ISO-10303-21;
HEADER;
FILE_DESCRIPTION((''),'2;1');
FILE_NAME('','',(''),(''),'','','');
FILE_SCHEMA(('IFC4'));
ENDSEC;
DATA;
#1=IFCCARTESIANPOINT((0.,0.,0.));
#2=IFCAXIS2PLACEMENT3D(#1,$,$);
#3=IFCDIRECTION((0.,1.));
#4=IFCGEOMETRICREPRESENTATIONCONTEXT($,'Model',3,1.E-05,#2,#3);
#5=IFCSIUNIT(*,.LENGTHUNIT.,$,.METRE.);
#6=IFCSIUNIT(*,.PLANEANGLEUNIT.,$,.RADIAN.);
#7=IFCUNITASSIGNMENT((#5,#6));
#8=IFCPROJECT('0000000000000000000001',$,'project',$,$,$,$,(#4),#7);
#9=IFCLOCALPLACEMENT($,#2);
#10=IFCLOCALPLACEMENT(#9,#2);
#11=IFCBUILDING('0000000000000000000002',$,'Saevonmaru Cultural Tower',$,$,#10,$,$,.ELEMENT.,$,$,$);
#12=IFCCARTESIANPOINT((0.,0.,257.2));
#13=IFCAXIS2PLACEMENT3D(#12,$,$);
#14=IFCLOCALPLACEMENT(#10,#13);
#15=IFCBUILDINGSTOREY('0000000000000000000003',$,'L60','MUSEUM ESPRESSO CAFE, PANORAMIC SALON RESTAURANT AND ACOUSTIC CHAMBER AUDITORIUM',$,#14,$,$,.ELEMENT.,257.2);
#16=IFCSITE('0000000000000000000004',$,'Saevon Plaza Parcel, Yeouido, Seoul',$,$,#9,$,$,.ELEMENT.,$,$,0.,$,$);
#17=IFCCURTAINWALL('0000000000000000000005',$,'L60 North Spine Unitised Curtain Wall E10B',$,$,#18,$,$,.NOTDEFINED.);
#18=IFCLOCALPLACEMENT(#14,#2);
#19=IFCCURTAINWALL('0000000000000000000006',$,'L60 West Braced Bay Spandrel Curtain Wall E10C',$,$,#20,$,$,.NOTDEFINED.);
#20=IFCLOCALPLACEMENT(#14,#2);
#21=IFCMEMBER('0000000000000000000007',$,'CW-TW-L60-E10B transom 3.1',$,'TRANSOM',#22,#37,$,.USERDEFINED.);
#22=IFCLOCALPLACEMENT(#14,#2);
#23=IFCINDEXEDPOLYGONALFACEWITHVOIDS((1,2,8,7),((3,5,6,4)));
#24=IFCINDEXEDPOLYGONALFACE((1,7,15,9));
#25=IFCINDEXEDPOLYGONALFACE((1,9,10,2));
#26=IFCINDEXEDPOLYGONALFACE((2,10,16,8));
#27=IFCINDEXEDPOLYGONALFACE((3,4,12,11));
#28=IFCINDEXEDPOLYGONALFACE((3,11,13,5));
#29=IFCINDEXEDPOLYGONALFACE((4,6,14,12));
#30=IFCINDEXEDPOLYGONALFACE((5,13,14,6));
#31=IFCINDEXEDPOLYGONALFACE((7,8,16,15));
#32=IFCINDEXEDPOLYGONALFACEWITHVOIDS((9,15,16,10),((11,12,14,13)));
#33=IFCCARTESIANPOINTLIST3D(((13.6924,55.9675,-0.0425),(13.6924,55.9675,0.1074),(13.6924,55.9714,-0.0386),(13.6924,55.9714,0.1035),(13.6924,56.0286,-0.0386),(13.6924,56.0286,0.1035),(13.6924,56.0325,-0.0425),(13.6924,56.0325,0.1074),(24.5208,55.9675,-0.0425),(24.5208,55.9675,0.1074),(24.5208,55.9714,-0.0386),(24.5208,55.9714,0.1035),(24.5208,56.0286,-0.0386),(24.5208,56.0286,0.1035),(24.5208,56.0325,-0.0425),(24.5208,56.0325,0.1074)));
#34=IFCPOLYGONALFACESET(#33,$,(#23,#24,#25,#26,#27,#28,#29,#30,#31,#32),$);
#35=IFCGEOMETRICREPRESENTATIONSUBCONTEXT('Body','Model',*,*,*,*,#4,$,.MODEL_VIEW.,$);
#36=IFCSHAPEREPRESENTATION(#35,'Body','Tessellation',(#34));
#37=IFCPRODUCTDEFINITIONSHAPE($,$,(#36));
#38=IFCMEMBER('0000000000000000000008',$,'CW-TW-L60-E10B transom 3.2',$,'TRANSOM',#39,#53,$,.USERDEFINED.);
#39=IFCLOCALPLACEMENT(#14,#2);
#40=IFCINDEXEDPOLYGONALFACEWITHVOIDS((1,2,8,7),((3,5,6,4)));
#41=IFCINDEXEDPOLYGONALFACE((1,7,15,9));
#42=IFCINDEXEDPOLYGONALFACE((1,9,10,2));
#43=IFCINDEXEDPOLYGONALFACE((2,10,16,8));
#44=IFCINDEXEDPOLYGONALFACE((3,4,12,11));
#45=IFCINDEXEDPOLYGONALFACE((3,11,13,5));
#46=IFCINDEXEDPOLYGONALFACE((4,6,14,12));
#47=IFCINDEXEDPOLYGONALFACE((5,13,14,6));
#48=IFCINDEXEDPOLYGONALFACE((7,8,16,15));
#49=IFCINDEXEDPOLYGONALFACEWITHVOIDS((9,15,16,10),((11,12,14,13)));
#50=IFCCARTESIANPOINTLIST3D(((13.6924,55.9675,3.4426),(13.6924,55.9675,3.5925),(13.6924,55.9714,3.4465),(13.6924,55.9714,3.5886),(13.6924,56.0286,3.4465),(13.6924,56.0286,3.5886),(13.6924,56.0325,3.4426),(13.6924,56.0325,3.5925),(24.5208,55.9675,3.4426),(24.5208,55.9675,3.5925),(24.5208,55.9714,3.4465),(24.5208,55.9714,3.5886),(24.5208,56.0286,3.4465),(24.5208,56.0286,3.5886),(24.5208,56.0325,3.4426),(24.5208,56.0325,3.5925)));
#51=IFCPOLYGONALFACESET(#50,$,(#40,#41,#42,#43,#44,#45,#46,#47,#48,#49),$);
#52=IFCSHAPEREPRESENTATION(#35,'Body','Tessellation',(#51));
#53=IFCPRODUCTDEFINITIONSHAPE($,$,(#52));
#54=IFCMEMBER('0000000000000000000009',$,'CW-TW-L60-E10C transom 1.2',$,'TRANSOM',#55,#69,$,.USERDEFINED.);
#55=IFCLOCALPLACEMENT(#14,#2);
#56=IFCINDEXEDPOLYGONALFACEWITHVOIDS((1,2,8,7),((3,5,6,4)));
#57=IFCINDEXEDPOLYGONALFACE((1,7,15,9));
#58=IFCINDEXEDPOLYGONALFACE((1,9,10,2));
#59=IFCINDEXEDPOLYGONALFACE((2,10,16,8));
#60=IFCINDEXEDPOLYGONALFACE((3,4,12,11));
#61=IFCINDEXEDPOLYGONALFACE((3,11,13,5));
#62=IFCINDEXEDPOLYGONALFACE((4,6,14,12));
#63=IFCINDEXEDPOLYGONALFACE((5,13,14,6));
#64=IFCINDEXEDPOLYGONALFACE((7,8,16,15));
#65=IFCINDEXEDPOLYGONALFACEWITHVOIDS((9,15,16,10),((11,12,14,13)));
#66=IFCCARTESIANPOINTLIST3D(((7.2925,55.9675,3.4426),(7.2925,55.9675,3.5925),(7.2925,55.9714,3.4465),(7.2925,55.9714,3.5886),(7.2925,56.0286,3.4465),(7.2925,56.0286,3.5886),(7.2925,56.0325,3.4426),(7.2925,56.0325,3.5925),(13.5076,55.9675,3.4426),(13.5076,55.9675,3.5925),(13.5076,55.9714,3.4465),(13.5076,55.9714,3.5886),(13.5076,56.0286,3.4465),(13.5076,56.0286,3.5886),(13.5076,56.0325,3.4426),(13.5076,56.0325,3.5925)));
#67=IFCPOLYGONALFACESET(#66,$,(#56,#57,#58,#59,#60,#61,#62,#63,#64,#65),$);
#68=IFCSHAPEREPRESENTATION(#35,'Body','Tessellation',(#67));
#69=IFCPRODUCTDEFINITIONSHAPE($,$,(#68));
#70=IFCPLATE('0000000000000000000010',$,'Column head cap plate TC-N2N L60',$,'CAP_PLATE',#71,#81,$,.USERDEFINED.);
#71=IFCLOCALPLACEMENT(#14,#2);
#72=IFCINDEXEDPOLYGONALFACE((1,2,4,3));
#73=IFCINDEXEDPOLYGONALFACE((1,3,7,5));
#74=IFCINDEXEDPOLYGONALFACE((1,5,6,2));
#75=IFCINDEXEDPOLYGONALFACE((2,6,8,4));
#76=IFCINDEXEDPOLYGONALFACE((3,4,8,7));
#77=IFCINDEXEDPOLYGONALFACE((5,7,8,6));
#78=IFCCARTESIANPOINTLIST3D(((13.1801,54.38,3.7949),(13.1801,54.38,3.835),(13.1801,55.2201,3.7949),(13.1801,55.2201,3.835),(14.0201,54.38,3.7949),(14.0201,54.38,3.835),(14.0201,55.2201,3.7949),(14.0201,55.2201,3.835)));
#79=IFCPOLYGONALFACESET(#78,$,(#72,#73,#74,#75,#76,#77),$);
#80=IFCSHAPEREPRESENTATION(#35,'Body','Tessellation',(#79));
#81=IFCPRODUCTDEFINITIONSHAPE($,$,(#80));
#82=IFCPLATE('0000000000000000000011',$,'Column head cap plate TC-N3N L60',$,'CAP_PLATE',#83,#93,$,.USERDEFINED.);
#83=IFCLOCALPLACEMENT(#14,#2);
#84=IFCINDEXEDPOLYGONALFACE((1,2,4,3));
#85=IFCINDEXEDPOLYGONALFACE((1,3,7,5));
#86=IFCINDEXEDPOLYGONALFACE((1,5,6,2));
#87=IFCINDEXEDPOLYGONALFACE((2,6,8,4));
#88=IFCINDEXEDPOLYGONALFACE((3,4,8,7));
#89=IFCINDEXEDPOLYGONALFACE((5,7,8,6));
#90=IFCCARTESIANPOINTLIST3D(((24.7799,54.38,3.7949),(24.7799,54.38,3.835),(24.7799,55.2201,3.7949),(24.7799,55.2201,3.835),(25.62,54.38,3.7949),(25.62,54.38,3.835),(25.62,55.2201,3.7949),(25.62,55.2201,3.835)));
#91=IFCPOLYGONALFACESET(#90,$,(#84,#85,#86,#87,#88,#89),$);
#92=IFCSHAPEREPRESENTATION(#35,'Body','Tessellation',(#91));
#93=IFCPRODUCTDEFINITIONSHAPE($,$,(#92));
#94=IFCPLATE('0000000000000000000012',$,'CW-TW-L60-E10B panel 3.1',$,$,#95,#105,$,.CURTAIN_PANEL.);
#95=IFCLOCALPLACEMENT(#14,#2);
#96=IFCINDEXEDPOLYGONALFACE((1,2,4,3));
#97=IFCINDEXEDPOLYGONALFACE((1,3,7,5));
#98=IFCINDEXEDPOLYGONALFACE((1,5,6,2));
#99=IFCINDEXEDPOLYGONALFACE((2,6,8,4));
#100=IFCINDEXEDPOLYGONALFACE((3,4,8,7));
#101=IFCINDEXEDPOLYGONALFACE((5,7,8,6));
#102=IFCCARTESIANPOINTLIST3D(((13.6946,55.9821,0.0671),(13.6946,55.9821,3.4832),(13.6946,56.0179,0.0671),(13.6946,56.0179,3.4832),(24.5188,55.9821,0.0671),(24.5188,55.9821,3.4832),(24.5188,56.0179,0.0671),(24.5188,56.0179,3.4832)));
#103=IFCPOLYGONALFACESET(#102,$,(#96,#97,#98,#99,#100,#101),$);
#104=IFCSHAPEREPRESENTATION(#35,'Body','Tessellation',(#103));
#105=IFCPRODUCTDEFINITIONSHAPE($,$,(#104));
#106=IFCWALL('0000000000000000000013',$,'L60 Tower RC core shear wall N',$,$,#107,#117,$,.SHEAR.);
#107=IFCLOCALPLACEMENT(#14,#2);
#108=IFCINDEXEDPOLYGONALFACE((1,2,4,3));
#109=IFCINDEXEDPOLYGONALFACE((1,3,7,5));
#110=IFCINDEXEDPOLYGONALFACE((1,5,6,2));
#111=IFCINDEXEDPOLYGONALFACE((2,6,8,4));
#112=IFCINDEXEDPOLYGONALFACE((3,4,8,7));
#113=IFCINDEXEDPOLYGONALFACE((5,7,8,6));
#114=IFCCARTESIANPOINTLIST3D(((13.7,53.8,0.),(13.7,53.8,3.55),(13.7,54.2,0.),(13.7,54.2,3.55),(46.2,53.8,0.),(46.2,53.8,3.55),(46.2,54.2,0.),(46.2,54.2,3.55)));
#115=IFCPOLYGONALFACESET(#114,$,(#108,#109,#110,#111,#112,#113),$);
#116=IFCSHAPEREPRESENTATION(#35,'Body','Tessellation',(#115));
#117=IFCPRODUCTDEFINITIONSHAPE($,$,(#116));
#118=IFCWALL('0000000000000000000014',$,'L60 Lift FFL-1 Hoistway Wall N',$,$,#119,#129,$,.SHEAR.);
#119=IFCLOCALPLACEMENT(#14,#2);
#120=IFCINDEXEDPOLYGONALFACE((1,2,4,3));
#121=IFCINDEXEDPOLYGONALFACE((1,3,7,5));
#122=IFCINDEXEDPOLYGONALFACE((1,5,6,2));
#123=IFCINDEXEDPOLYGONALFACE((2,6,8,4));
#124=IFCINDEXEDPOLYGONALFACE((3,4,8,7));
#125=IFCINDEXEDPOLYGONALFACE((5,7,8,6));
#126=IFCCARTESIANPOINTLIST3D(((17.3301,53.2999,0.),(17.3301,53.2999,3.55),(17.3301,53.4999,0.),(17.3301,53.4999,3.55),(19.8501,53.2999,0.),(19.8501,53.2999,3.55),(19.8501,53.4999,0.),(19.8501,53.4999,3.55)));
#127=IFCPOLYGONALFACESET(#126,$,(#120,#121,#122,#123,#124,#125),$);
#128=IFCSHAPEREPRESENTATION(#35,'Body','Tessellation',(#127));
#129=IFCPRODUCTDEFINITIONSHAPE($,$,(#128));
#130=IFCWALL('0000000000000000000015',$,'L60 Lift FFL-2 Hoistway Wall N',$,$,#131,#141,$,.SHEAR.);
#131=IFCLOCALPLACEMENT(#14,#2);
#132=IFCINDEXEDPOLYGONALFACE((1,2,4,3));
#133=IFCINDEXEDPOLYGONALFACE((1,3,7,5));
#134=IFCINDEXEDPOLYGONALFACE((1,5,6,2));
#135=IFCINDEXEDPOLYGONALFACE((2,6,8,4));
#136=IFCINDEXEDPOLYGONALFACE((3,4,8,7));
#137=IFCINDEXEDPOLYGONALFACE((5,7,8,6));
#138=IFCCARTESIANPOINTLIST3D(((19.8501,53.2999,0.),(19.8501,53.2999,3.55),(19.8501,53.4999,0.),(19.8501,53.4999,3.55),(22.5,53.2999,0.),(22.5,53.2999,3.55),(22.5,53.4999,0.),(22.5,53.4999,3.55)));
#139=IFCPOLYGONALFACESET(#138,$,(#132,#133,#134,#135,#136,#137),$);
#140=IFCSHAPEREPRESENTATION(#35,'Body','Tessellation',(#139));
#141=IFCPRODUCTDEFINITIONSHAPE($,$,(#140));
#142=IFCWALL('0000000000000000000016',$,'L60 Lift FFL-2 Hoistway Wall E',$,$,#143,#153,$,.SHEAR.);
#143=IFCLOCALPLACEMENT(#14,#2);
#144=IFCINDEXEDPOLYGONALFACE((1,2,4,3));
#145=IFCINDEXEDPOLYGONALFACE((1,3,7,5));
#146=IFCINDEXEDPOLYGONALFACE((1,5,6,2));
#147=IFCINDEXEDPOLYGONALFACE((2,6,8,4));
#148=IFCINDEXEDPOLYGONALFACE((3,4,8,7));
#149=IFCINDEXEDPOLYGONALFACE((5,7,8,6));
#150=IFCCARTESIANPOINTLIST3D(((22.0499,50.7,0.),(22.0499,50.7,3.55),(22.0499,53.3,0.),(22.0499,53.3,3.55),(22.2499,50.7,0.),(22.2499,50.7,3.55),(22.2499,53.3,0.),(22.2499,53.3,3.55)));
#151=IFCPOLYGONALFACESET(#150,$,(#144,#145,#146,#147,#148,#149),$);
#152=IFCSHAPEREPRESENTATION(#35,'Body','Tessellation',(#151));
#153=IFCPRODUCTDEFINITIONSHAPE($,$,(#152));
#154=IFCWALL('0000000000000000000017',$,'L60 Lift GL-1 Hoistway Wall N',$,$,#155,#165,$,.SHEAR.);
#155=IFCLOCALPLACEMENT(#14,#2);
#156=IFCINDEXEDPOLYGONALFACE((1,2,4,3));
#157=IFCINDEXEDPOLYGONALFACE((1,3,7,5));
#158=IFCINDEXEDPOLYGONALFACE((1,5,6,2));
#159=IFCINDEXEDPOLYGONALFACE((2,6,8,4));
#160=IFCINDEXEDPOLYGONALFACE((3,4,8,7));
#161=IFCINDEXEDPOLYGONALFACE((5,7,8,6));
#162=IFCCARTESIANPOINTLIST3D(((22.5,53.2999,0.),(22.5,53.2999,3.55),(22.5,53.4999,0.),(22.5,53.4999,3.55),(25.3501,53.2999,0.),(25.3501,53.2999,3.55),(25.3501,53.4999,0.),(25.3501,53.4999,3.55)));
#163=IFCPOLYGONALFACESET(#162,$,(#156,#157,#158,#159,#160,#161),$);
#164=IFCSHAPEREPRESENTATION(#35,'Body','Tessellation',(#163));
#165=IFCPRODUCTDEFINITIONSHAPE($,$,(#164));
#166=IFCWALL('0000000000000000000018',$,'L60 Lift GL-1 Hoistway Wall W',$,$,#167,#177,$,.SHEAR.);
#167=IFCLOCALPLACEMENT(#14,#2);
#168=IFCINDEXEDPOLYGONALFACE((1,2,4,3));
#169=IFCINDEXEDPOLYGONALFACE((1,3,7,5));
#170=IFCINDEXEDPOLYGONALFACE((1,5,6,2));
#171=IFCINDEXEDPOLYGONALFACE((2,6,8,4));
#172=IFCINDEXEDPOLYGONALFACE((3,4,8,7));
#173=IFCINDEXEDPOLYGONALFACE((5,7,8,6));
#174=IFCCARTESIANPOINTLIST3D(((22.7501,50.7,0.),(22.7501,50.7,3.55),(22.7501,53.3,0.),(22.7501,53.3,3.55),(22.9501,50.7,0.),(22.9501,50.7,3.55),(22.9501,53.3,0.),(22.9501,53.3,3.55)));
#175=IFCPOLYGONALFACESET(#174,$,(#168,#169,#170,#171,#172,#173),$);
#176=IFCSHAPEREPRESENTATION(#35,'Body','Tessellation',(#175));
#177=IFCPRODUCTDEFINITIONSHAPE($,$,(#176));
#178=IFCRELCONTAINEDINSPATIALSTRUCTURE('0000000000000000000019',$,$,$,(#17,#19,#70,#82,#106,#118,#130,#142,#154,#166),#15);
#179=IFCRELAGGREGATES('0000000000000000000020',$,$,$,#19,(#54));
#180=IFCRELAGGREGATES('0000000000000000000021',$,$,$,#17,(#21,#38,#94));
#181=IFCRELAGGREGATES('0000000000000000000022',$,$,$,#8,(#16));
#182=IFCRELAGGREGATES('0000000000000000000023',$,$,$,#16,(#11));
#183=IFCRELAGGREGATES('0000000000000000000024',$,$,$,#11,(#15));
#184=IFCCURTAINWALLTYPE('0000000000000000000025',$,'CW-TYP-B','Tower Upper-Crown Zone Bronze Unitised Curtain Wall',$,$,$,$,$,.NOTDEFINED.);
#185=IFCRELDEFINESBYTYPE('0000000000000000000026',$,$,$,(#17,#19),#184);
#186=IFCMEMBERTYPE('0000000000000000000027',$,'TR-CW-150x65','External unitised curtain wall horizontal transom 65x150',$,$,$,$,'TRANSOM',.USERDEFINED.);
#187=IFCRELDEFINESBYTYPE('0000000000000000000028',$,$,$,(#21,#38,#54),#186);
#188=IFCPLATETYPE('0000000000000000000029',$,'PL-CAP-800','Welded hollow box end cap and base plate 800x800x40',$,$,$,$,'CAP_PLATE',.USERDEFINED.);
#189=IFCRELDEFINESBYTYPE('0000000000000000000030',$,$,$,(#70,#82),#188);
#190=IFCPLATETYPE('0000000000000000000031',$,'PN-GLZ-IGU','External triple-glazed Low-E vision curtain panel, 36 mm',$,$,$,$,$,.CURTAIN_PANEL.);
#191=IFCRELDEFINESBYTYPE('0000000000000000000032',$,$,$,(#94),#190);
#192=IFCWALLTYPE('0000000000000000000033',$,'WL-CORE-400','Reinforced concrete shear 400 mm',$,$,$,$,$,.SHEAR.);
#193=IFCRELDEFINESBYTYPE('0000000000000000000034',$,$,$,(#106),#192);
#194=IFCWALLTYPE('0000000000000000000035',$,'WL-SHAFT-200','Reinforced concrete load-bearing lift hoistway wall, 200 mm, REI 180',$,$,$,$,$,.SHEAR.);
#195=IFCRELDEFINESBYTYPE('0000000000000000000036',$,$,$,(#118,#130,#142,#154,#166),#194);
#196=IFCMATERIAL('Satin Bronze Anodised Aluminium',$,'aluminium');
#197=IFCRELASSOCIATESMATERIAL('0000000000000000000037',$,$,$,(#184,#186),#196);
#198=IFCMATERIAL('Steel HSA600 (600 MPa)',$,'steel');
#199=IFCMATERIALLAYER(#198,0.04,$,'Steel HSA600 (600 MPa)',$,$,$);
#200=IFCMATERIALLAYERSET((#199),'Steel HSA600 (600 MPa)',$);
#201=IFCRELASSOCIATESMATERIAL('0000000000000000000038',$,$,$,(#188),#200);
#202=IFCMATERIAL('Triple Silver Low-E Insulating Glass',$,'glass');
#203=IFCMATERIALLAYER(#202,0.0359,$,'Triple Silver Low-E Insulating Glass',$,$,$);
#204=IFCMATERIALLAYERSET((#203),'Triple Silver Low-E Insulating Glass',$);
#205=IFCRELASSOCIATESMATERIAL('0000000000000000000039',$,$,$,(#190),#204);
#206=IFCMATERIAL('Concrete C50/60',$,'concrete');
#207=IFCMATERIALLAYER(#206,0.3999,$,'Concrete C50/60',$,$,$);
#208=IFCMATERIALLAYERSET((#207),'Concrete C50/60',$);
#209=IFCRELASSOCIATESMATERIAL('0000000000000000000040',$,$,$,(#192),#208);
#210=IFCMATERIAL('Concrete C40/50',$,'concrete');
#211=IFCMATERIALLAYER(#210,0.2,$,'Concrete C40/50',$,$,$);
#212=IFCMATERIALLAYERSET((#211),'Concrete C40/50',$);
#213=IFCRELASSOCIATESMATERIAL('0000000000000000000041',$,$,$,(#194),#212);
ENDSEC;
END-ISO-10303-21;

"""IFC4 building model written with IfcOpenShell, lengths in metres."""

from ifc_helpers import new_model, si_unit, direction, frame, frame_2d, origin, origin_2d, place, context, subcontext, project, spatial, rectangle, hollow_rectangle, extrude, material, layer, layer_set, material_profile, profile_set, type_object, element, aggregate, save


model = new_model("IFC4")

# Units and contexts
model_context = context("Model", 3, precision=1e-05, world=origin(), true_north=direction((0.0, 1.0)))
body_context = subcontext(model_context, "Body", "Model", "MODEL_VIEW")
ifc_project = project(units=[si_unit("LENGTHUNIT", "METRE"), si_unit("PLANEANGLEUNIT", "RADIAN")], contexts=[model_context])

# Site, building, storey
site_placement = place(None, origin())
site = spatial("IfcSite", under=ifc_project, at=site_placement, Name="Saevon Plaza Parcel, Yeouido, Seoul", CompositionType="ELEMENT", RefElevation=0.0)
building_placement = place(site_placement, origin())
building = spatial("IfcBuilding", under=site, at=building_placement, Name="Saevonmaru Cultural Tower", CompositionType="ELEMENT")
storey_placement = place(building_placement, frame((0.0, 0.0, 257.2)))
storey = spatial("IfcBuildingStorey", under=building, at=storey_placement, Name="L60", Description="MUSEUM ESPRESSO CAFE, PANORAMIC SALON RESTAURANT AND ACOUSTIC CHAMBER AUDITORIUM", CompositionType="ELEMENT", Elevation=257.2)

# Curtain wall
ifc_material_1 = material(Name="Satin Bronze Anodised Aluminium", Category="aluminium")
curtain_wall_type = type_object("IfcCurtainWallType", Name="CW-TYP-B", Description="Tower Upper-Crown Zone Bronze Unitised Curtain Wall", PredefinedType="NOTDEFINED", material=ifc_material_1)
curtain_wall_1_placement = place(storey_placement, origin())
curtain_wall_1 = element("IfcCurtainWall", 1, at=curtain_wall_1_placement, inside=storey, type_object=curtain_wall_type, Name="L60 North Spine Unitised Curtain Wall E10B", PredefinedType="NOTDEFINED")

# Curtain wall
curtain_wall_2_placement = place(storey_placement, origin())
curtain_wall_2 = element("IfcCurtainWall", 2, at=curtain_wall_2_placement, inside=storey, type_object=curtain_wall_type, Name="L60 West Braced Bay Spandrel Curtain Wall E10C", PredefinedType="NOTDEFINED")

# Members
ifc_material_profile_1 = material_profile(ifc_material_1, hollow_rectangle(XDim=0.0649, YDim=0.1499, WallThickness=0.0039, at=origin_2d()), Name="ALU-TRAN-150x65x4")
ifc_profile_set_1 = profile_set([ifc_material_profile_1], Name="Satin Bronze Anodised Aluminium")
member_type_1 = type_object("IfcMemberType", Name="TR-CW-150x65", Description="External unitised curtain wall horizontal transom 65x150", ElementType="TRANSOM", PredefinedType="USERDEFINED", material=ifc_profile_set_1)
member_1_placement = place(storey_placement, frame((24.5208, 56.0, 0.0325), z_axis=(-1.0, 0.0, 0.0), x_axis=(0.0, -1.0, 0.0)))
member_1 = element("IfcMember", 3, at=member_1_placement, type_object=member_type_1, Name="CW-TW-L60-E10B transom 3.1", ObjectType="TRANSOM", PredefinedType="USERDEFINED", context=body_context, shape_type="SweptSolid", body=[
    extrude(hollow_rectangle(XDim=0.0649, YDim=0.1499, WallThickness=0.0039, at=origin_2d()), origin(), (0.0, 0.0, 1.0), 10.8284),
])
member_2_placement = place(storey_placement, frame((24.5208, 56.0, 3.5176), z_axis=(-1.0, 0.0, 0.0), x_axis=(0.0, -1.0, 0.0)))
member_2 = element("IfcMember", 4, at=member_2_placement, type_object=member_type_1, Name="CW-TW-L60-E10B transom 3.2", ObjectType="TRANSOM", PredefinedType="USERDEFINED", context=body_context, shape_type="SweptSolid", body=[
    extrude(hollow_rectangle(XDim=0.0649, YDim=0.1499, WallThickness=0.0039, at=origin_2d()), origin(), (0.0, 0.0, 1.0), 10.8284),
])
member_3_placement = place(storey_placement, frame((13.5076, 56.0, 3.5176), z_axis=(-1.0, 0.0, 0.0), x_axis=(0.0, -1.0, 0.0)))
member_3 = element("IfcMember", 5, at=member_3_placement, type_object=member_type_1, Name="CW-TW-L60-E10C transom 1.2", ObjectType="TRANSOM", PredefinedType="USERDEFINED", context=body_context, shape_type="SweptSolid", body=[
    extrude(hollow_rectangle(XDim=0.0649, YDim=0.1499, WallThickness=0.0039, at=origin_2d()), origin(), (0.0, 0.0, 1.0), 6.2151),
])
aggregate(curtain_wall_2, [member_3])

# Plates
ifc_material_2 = material(Name="Steel HSA600 (600 MPa)", Category="steel")
ifc_layer_1 = layer(ifc_material_2, 0.04, Name="Steel HSA600 (600 MPa)")
ifc_layer_set_1 = layer_set([ifc_layer_1], Name="Steel HSA600 (600 MPa)")
plate_type_1 = type_object("IfcPlateType", Name="PL-CAP-800", Description="Welded hollow box end cap and base plate 800x800x40", ElementType="CAP_PLATE", PredefinedType="USERDEFINED", material=ifc_layer_set_1)
for number, where, z_axis, x_axis, name in (
    (6, (13.6001, 54.8, 3.7949), (0.0, 0.0, 1.0), (1.0, 0.0, 0.0), "Column head cap plate TC-N2N L60"),
    (7, (25.2, 54.8, 3.7949), (0.0, 0.0, 1.0), (1.0, 0.0, 0.0), "Column head cap plate TC-N3N L60"),
):
    element("IfcPlate", number, at=place(storey_placement, frame(where, z_axis=z_axis, x_axis=x_axis)), inside=storey, type_object=plate_type_1, Name=name, ObjectType="CAP_PLATE", PredefinedType="USERDEFINED", context=body_context, shape_type="SweptSolid", body=[
        extrude(rectangle(XDim=0.8401, YDim=0.8401, at=origin_2d()), origin(), (0.0, 0.0, 1.0), 0.04),
    ])

# Plate
ifc_material_3 = material(Name="Triple Silver Low-E Insulating Glass", Category="glass")
ifc_layer_2 = layer(ifc_material_3, 0.0359, Name="Triple Silver Low-E Insulating Glass")
ifc_layer_set_2 = layer_set([ifc_layer_2], Name="Triple Silver Low-E Insulating Glass")
plate_type_2 = type_object("IfcPlateType", Name="PN-GLZ-IGU", Description="External triple-glazed Low-E vision curtain panel, 36 mm", PredefinedType="CURTAIN_PANEL", material=ifc_layer_set_2)
plate_placement = place(storey_placement, frame((19.1067, 56.0, 0.0671), z_axis=(0.0, 0.0, 1.0), x_axis=(-1.0, 0.0, 0.0)))
plate = element("IfcPlate", 8, at=plate_placement, type_object=plate_type_2, Name="CW-TW-L60-E10B panel 3.1", PredefinedType="CURTAIN_PANEL", context=body_context, shape_type="SweptSolid", body=[
    extrude(rectangle(XDim=10.8242, YDim=0.0359, at=origin_2d()), origin(), (0.0, 0.0, 1.0), 3.416),
])
aggregate(curtain_wall_1, [member_1, member_2, plate])

# Walls
ifc_material_4 = material(Name="Concrete C50/60", Category="concrete")
ifc_layer_3 = layer(ifc_material_4, 0.3999, Name="Concrete C50/60")
ifc_layer_set_3 = layer_set([ifc_layer_3], Name="Concrete C50/60")
wall_type_1 = type_object("IfcWallType", Name="WL-CORE-400", Description="Reinforced concrete shear 400 mm", PredefinedType="SHEAR", material=ifc_layer_set_3)
wall_1_placement = place(storey_placement, frame((13.7, 54.0, 0.0), z_axis=(0.0, 0.0, 1.0), x_axis=(1.0, 0.0, 0.0)))
element("IfcWall", 9, at=wall_1_placement, inside=storey, type_object=wall_type_1, Name="L60 Tower RC core shear wall N", PredefinedType="SHEAR", context=body_context, shape_type="SweptSolid", body=[
    extrude(rectangle(XDim=32.5, YDim=0.3999, at=frame_2d((16.25, 0.0))), origin(), (0.0, 0.0, 1.0), 3.55),
])
ifc_material_5 = material(Name="Concrete C40/50", Category="concrete")
ifc_layer_4 = layer(ifc_material_5, 0.2, Name="Concrete C40/50")
ifc_layer_set_4 = layer_set([ifc_layer_4], Name="Concrete C40/50")
wall_type_2 = type_object("IfcWallType", Name="WL-SHAFT-200", Description="Reinforced concrete load-bearing lift hoistway wall, 200 mm, REI 180", PredefinedType="SHEAR", material=ifc_layer_set_4)
wall_2_placement = place(storey_placement, frame((17.3301, 53.3999, 0.0), z_axis=(0.0, 0.0, 1.0), x_axis=(1.0, 0.0, 0.0)))
element("IfcWall", 10, at=wall_2_placement, inside=storey, type_object=wall_type_2, Name="L60 Lift FFL-1 Hoistway Wall N", PredefinedType="SHEAR", context=body_context, shape_type="SweptSolid", body=[
    extrude(rectangle(XDim=2.52, YDim=0.2, at=frame_2d((1.26, 0.0))), origin(), (0.0, 0.0, 1.0), 3.55),
])
wall_3_placement = place(storey_placement, frame((19.8501, 53.3999, 0.0), z_axis=(0.0, 0.0, 1.0), x_axis=(1.0, 0.0, 0.0)))
element("IfcWall", 11, at=wall_3_placement, inside=storey, type_object=wall_type_2, Name="L60 Lift FFL-2 Hoistway Wall N", PredefinedType="SHEAR", context=body_context, shape_type="SweptSolid", body=[
    extrude(rectangle(XDim=2.6499, YDim=0.2, at=frame_2d((1.325, 0.0))), origin(), (0.0, 0.0, 1.0), 3.55),
])
wall_4_placement = place(storey_placement, frame((22.1499, 50.7, 0.0), z_axis=(0.0, 0.0, 1.0), x_axis=(0.0, 1.0, 0.0)))
element("IfcWall", 12, at=wall_4_placement, inside=storey, type_object=wall_type_2, Name="L60 Lift FFL-2 Hoistway Wall E", PredefinedType="SHEAR", context=body_context, shape_type="SweptSolid", body=[
    extrude(rectangle(XDim=2.6001, YDim=0.2, at=frame_2d((1.3, 0.0))), origin(), (0.0, 0.0, 1.0), 3.55),
])
wall_5_placement = place(storey_placement, frame((22.5, 53.3999, 0.0), z_axis=(0.0, 0.0, 1.0), x_axis=(1.0, 0.0, 0.0)))
element("IfcWall", 13, at=wall_5_placement, inside=storey, type_object=wall_type_2, Name="L60 Lift GL-1 Hoistway Wall N", PredefinedType="SHEAR", context=body_context, shape_type="SweptSolid", body=[
    extrude(rectangle(XDim=2.8501, YDim=0.2, at=frame_2d((1.425, 0.0))), origin(), (0.0, 0.0, 1.0), 3.55),
])
wall_6_placement = place(storey_placement, frame((22.8501, 50.7, 0.0), z_axis=(0.0, 0.0, 1.0), x_axis=(0.0, 1.0, 0.0)))
element("IfcWall", 14, at=wall_6_placement, inside=storey, type_object=wall_type_2, Name="L60 Lift GL-1 Hoistway Wall W", PredefinedType="SHEAR", context=body_context, shape_type="SweptSolid", body=[
    extrude(rectangle(XDim=2.6001, YDim=0.2, at=frame_2d((1.3, 0.0))), origin(), (0.0, 0.0, 1.0), 3.55),
])

save(model, "model.ifc")
